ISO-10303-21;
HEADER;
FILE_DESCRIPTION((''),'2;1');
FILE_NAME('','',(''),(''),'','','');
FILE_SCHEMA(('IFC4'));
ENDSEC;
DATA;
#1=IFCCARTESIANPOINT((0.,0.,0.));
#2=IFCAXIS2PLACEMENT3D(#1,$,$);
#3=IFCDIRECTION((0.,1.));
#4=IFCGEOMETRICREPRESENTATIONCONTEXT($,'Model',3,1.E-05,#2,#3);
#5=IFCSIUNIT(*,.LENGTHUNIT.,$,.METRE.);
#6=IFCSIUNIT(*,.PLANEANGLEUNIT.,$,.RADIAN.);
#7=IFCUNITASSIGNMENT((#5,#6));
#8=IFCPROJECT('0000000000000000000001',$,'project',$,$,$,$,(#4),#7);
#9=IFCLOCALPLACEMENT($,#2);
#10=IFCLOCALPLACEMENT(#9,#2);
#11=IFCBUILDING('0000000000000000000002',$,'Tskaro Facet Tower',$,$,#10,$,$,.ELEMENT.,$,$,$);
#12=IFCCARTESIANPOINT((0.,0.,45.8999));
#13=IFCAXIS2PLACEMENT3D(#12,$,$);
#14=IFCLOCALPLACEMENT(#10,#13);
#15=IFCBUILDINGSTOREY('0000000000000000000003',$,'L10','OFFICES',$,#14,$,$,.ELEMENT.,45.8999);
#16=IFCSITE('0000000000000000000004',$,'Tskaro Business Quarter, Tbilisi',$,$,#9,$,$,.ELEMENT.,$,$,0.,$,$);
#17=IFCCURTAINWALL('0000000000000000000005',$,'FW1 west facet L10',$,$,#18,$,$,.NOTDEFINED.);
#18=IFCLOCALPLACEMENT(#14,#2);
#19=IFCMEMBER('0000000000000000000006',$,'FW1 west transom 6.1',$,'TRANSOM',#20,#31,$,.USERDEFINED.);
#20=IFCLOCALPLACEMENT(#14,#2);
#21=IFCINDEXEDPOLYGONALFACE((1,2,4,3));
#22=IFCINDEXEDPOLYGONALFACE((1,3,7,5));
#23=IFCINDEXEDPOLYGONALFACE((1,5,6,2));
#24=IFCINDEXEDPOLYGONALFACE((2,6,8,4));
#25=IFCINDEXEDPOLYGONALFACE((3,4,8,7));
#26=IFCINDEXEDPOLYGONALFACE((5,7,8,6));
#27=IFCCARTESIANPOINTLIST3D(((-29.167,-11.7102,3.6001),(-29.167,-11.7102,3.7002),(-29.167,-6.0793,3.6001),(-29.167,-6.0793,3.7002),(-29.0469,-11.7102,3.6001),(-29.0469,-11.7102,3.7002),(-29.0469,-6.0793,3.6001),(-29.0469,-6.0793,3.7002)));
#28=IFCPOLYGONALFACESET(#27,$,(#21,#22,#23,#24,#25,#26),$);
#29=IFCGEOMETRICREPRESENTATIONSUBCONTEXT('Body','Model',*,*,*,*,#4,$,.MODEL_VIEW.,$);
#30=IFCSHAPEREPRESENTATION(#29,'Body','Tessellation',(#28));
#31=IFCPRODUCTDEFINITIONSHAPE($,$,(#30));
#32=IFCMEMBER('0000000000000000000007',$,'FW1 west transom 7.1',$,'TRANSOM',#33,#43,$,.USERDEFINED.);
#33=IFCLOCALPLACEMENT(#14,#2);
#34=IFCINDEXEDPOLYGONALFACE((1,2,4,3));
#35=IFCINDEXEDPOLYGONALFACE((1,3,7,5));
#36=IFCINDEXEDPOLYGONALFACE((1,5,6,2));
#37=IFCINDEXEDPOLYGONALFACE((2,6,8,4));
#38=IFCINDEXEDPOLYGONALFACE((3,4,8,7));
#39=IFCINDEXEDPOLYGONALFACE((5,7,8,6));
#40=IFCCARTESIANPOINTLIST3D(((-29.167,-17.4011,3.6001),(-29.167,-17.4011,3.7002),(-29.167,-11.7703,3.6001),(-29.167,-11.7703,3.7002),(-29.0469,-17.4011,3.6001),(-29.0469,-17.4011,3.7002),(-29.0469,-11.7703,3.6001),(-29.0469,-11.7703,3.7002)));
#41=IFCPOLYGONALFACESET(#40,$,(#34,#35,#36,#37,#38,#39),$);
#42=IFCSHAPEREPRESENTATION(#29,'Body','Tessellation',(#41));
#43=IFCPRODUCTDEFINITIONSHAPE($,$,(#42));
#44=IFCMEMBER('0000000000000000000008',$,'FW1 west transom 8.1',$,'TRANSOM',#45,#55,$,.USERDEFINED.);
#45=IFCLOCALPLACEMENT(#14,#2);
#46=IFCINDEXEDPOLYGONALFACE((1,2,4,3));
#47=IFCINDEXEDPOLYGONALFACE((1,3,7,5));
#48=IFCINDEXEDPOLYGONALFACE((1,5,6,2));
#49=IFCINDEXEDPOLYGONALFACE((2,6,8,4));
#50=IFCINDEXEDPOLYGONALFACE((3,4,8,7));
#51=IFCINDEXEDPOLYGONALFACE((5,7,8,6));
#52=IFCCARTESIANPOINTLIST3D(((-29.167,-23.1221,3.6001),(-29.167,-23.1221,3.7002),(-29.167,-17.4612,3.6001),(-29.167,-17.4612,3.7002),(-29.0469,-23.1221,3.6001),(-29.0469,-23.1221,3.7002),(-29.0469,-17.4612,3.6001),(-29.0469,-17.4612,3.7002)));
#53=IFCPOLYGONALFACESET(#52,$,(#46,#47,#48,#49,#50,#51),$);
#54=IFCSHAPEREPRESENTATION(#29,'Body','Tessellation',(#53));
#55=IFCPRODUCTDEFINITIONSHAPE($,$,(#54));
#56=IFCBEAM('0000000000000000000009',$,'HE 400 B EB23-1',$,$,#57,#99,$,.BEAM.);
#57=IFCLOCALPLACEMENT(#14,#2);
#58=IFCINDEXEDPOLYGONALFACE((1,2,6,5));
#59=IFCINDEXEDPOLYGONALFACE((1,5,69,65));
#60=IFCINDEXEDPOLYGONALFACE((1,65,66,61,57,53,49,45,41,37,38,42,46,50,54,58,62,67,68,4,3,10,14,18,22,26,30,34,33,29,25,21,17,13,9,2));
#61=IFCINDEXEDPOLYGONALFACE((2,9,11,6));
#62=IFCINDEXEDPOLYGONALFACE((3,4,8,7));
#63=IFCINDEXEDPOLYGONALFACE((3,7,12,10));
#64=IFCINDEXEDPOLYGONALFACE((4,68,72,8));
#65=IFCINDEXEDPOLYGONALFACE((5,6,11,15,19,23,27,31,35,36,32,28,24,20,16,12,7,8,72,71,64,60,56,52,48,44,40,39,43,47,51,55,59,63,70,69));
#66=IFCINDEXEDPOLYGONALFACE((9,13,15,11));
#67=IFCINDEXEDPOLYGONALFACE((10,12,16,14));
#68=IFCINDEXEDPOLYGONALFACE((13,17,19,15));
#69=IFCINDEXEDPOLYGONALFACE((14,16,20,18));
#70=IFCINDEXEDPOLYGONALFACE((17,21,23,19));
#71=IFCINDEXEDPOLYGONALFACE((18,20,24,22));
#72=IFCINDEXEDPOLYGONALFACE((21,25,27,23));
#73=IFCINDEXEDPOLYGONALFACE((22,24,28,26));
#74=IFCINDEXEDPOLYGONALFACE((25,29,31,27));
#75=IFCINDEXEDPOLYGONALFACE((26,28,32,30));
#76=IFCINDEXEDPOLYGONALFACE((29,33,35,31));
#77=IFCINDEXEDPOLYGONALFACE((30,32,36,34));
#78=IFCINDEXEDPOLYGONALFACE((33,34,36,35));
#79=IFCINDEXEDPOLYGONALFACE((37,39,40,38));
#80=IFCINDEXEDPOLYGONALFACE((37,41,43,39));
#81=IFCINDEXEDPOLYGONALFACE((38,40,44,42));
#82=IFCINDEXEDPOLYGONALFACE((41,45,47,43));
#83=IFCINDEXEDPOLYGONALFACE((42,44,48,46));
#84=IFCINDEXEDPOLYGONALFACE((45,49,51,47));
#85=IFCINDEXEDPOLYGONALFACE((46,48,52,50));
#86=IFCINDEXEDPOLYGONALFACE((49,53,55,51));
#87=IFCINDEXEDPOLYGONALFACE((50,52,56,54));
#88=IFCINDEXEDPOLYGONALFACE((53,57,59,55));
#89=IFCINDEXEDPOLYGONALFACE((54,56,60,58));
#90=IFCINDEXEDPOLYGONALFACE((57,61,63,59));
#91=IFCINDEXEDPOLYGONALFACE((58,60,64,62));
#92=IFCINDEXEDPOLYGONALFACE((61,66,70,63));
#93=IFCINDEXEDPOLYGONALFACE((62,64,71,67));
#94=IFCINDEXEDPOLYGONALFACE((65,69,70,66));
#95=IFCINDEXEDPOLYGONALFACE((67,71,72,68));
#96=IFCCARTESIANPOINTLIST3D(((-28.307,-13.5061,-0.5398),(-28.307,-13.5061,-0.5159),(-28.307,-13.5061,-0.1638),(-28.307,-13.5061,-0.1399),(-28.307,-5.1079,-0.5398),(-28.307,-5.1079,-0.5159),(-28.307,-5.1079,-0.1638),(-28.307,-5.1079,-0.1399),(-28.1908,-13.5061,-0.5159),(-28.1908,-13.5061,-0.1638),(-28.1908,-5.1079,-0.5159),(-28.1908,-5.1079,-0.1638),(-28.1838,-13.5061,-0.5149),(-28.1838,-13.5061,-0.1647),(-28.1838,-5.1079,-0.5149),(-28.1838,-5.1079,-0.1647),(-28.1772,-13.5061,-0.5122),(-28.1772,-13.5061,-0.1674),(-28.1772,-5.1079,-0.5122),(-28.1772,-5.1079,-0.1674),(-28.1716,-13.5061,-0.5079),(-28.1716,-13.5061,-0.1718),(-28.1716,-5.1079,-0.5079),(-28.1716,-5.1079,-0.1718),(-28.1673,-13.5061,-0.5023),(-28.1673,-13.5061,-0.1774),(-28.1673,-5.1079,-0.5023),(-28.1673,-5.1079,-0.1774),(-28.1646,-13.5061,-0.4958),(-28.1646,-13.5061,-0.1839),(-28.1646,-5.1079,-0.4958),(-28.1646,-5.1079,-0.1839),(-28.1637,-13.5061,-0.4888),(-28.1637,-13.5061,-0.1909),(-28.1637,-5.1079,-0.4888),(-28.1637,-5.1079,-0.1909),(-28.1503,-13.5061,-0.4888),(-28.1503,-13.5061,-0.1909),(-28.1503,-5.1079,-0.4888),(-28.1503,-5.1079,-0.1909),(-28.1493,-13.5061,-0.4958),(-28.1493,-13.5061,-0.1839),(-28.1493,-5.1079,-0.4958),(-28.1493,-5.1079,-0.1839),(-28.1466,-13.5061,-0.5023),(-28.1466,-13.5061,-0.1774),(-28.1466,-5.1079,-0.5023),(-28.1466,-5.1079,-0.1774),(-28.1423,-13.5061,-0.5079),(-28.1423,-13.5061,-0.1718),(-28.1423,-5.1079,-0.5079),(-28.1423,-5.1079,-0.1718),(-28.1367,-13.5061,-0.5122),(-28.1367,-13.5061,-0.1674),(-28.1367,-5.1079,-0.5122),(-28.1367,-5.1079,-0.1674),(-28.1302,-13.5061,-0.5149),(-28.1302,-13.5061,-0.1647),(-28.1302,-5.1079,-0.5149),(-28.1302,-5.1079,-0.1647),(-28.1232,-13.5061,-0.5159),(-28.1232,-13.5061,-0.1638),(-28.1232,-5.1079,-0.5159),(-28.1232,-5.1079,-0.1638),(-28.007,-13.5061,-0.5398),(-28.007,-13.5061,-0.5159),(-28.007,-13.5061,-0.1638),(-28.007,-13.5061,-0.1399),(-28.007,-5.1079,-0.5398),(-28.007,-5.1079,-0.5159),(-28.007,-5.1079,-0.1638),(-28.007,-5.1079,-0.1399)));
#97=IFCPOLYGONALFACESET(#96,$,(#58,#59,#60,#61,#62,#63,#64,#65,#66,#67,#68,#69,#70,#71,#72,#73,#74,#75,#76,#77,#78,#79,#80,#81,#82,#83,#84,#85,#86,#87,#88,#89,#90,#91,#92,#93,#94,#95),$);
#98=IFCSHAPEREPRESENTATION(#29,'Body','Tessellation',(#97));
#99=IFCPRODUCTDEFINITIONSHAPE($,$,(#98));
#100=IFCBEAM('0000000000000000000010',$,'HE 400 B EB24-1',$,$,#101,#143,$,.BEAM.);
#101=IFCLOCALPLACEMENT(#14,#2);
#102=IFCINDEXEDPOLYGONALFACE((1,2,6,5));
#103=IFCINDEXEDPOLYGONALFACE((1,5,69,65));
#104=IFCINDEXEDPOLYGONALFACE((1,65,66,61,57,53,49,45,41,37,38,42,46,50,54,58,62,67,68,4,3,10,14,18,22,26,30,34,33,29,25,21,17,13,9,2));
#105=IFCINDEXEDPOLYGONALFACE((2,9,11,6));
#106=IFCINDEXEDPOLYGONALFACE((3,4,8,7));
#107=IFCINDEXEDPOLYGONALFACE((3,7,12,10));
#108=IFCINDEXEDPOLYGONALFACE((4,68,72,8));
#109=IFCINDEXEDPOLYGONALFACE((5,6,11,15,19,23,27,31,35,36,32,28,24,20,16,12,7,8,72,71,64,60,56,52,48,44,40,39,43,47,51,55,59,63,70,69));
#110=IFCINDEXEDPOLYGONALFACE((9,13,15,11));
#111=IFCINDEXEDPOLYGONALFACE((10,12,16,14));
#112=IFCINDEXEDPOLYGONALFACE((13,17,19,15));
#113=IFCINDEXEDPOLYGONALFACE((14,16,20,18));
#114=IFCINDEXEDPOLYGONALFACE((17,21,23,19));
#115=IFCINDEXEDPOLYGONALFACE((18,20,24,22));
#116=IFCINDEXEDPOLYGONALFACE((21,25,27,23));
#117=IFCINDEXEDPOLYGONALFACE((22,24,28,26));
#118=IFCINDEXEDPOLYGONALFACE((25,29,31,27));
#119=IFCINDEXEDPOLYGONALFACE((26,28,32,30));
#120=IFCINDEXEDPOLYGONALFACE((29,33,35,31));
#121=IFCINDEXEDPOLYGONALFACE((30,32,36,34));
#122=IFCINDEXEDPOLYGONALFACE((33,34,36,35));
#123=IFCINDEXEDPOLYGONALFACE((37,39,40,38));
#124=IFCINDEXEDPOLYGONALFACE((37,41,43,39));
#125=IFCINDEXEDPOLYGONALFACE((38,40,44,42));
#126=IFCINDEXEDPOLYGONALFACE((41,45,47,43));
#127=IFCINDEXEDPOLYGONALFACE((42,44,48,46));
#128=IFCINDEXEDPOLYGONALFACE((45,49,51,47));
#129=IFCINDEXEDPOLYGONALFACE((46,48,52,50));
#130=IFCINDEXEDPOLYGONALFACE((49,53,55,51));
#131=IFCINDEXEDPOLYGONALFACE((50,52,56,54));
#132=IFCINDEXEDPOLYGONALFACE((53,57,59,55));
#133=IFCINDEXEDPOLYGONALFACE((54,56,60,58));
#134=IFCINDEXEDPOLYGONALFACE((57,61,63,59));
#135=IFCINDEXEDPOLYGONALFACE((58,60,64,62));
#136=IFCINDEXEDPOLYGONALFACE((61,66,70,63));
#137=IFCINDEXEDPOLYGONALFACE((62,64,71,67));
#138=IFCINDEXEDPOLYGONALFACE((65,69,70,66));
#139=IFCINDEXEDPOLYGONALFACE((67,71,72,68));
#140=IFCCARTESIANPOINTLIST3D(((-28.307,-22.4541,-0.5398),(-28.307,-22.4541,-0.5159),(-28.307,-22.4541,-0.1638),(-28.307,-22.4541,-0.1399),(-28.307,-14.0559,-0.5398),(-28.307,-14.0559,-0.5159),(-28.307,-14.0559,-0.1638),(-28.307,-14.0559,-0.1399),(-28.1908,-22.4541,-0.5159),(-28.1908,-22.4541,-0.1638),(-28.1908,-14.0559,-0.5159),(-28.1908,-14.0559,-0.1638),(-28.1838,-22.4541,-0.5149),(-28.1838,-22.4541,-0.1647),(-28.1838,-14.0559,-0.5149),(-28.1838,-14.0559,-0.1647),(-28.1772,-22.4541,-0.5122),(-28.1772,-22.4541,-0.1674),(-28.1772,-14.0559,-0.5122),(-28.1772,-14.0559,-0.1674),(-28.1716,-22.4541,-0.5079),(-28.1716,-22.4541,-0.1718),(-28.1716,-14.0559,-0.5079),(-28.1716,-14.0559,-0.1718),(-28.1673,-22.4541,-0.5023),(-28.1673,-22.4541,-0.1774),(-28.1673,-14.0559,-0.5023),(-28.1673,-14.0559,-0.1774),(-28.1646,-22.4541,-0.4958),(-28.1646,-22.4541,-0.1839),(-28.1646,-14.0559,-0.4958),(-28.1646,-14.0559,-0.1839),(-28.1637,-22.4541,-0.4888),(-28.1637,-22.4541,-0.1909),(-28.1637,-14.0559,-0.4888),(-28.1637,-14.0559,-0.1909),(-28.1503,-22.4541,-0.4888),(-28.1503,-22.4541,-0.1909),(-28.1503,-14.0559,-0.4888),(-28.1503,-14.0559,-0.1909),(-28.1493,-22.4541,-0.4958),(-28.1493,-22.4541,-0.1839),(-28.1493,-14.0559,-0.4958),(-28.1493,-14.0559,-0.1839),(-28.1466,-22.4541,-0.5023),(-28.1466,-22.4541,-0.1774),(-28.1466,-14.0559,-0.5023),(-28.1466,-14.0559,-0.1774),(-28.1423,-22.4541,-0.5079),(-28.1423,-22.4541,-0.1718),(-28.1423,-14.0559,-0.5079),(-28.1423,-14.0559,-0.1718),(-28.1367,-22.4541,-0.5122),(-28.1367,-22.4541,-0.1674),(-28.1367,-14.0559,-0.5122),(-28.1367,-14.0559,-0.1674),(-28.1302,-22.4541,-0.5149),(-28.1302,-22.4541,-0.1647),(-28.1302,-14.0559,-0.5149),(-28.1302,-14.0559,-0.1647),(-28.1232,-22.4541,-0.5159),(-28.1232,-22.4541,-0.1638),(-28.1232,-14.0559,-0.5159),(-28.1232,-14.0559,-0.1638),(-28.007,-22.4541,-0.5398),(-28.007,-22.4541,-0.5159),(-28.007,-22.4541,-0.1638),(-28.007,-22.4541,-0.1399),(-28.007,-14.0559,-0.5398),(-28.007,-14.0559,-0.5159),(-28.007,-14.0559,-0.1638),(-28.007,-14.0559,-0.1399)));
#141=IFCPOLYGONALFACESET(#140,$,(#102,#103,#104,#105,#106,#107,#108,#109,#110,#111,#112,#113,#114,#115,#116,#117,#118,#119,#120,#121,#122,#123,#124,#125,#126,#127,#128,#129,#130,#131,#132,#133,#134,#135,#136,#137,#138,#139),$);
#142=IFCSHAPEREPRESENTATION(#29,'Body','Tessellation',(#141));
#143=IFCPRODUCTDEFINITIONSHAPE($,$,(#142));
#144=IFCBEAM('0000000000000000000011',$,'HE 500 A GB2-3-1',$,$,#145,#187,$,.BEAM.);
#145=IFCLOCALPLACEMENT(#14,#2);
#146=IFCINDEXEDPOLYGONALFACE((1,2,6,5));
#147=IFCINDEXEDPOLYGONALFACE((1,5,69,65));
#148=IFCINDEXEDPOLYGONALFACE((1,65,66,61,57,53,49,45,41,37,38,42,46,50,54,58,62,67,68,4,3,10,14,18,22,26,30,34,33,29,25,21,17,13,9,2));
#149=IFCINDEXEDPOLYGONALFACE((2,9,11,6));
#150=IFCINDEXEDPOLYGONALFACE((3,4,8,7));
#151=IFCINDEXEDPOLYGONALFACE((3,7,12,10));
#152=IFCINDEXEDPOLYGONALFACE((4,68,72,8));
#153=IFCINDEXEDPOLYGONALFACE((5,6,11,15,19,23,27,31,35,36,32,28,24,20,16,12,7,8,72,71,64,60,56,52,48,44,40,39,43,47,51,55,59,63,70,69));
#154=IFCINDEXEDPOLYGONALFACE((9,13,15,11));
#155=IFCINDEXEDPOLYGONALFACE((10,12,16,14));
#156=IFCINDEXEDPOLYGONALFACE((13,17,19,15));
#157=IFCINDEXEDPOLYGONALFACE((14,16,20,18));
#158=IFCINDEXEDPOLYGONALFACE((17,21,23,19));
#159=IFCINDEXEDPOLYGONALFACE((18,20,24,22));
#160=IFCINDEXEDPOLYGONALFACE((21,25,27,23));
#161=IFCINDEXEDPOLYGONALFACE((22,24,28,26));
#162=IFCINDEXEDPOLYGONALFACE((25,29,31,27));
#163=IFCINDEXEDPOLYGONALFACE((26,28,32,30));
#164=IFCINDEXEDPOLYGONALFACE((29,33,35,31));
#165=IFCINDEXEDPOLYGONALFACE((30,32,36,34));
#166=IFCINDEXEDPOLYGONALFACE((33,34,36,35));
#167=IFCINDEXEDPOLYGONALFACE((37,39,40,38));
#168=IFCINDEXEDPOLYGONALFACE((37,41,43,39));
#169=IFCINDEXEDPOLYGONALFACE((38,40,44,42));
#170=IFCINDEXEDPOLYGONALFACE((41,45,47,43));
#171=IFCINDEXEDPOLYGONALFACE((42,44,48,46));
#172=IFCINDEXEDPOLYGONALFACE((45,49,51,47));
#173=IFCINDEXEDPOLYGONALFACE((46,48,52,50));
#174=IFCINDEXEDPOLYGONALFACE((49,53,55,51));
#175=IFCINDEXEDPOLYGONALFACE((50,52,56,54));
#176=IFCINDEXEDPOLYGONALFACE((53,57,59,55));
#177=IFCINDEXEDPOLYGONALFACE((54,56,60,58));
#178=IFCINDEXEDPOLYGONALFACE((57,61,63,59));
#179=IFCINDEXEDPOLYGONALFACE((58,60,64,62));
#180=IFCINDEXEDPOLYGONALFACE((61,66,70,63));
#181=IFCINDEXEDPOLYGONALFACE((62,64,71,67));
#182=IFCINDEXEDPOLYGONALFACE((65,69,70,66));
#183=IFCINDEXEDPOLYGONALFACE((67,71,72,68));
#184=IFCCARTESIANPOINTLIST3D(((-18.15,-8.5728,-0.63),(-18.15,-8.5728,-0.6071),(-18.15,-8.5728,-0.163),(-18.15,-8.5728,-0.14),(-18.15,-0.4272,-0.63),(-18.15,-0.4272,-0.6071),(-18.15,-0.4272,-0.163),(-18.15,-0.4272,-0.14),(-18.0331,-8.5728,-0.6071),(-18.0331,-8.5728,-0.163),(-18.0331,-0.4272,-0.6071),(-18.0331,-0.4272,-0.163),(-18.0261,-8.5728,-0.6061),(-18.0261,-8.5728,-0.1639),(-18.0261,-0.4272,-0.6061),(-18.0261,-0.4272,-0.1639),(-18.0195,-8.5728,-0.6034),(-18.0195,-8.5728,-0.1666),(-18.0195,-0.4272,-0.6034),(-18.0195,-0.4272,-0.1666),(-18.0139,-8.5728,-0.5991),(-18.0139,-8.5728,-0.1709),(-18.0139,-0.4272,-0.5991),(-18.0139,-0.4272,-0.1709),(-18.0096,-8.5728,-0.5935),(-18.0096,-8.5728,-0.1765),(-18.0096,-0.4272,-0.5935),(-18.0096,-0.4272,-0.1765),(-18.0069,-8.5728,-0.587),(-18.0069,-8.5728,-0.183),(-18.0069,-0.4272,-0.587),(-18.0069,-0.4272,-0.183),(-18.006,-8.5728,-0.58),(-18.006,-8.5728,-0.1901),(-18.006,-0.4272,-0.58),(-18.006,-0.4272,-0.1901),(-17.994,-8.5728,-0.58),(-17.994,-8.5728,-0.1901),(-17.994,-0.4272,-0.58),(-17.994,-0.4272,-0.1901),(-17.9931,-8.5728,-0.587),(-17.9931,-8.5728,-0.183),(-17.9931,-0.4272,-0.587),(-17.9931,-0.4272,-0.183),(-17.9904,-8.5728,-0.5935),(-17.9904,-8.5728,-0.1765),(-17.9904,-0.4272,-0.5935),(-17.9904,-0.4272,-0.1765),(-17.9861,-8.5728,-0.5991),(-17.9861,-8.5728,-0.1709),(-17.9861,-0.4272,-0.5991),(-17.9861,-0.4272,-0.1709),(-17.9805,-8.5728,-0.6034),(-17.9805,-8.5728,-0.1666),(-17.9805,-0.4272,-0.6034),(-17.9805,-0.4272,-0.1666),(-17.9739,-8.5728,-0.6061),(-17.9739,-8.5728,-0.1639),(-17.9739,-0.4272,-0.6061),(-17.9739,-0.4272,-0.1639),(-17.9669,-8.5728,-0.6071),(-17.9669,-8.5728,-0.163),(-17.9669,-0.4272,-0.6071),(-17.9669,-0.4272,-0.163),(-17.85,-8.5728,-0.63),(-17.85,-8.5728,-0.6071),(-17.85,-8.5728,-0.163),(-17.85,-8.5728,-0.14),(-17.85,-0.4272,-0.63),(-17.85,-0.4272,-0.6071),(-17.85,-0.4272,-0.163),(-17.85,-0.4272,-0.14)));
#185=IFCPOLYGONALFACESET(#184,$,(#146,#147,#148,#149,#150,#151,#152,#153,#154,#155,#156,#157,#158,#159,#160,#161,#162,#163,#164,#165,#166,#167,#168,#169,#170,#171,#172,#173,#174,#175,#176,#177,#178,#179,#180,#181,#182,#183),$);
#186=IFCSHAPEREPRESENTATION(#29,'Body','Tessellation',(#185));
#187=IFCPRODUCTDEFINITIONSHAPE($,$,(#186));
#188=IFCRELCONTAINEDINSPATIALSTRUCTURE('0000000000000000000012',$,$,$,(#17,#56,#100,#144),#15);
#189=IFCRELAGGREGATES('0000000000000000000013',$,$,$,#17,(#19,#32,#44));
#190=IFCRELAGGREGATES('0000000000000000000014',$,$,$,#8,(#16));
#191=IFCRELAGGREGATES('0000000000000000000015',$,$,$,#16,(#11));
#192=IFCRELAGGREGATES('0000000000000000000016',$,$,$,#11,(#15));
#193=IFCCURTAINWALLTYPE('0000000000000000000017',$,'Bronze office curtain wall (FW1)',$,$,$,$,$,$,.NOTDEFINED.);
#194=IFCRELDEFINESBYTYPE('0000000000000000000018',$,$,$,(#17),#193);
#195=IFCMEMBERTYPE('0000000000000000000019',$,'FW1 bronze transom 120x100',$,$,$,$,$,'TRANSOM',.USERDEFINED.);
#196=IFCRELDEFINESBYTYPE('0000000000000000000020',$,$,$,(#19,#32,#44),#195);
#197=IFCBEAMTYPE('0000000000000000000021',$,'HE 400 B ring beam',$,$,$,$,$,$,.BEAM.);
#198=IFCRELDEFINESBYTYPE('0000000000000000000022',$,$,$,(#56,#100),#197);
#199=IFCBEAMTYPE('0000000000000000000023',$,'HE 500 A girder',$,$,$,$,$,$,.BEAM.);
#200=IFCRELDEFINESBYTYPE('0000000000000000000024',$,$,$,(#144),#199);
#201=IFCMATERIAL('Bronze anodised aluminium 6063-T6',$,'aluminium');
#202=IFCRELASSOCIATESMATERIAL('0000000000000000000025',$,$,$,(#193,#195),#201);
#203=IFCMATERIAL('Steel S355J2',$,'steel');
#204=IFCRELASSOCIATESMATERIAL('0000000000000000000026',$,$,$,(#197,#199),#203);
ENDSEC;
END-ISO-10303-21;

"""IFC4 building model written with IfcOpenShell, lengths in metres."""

from ifc_helpers import new_model, si_unit, direction, frame, origin, origin_2d, place, context, subcontext, project, spatial, rectangle, i_section, extrude, material, material_profile, profile_set, type_object, element, aggregate, save


model = new_model("IFC4")

# Units and contexts
model_context = context("Model", 3, precision=1e-05, world=origin(), true_north=direction((0.0, 1.0)))
body_context = subcontext(model_context, "Body", "Model", "MODEL_VIEW")
ifc_project = project(units=[si_unit("LENGTHUNIT", "METRE"), si_unit("PLANEANGLEUNIT", "RADIAN")], contexts=[model_context])

# Site, building, storey
site_placement = place(None, origin())
site = spatial("IfcSite", under=ifc_project, at=site_placement, Name="Tskaro Business Quarter, Tbilisi", CompositionType="ELEMENT", RefElevation=0.0)
building_placement = place(site_placement, origin())
building = spatial("IfcBuilding", under=site, at=building_placement, Name="Tskaro Facet Tower", CompositionType="ELEMENT")
storey_placement = place(building_placement, frame((0.0, 0.0, 45.8999)))
storey = spatial("IfcBuildingStorey", under=building, at=storey_placement, Name="L10", Description="OFFICES", CompositionType="ELEMENT", Elevation=45.8999)

# Curtain wall, members
ifc_material_1 = material(Name="Bronze anodised aluminium 6063-T6", Category="aluminium")
curtain_wall_type = type_object("IfcCurtainWallType", Name="Bronze office curtain wall (FW1)", PredefinedType="NOTDEFINED", material=ifc_material_1)
curtain_wall_placement = place(storey_placement, origin())
curtain_wall = element("IfcCurtainWall", 1, at=curtain_wall_placement, inside=storey, type_object=curtain_wall_type, Name="FW1 west facet L10", PredefinedType="NOTDEFINED")
ifc_material_profile_1 = material_profile(ifc_material_1, rectangle(XDim=0.1201, YDim=0.1001, at=origin_2d()), Name="Transom 120x100")
ifc_profile_set_1 = profile_set([ifc_material_profile_1], Name="Bronze anodised aluminium 6063-T6")
member_type_1 = type_object("IfcMemberType", Name="FW1 bronze transom 120x100", ElementType="TRANSOM", PredefinedType="USERDEFINED", material=ifc_profile_set_1)
member_1_placement = place(storey_placement, frame((-29.1069, -6.0793, 3.6501), z_axis=(0.0, -1.0, 0.0), x_axis=(1.0, 0.0, 0.0)))
member_1 = element("IfcMember", 2, at=member_1_placement, type_object=member_type_1, Name="FW1 west transom 6.1", ObjectType="TRANSOM", PredefinedType="USERDEFINED", context=body_context, shape_type="SweptSolid", body=[
    extrude(rectangle(XDim=0.1201, YDim=0.1001, at=origin_2d()), origin(), (0.0, 0.0, 1.0), 5.6309),
])
member_2_placement = place(storey_placement, frame((-29.1069, -11.7703, 3.6501), z_axis=(0.0, -1.0, 0.0), x_axis=(1.0, 0.0, 0.0)))
member_2 = element("IfcMember", 3, at=member_2_placement, type_object=member_type_1, Name="FW1 west transom 7.1", ObjectType="TRANSOM", PredefinedType="USERDEFINED", context=body_context, shape_type="SweptSolid", body=[
    extrude(rectangle(XDim=0.1201, YDim=0.1001, at=origin_2d()), origin(), (0.0, 0.0, 1.0), 5.6309),
])
member_3_placement = place(storey_placement, frame((-29.1069, -17.4612, 3.6501), z_axis=(0.0, -1.0, 0.0), x_axis=(1.0, 0.0, 0.0)))
member_3 = element("IfcMember", 4, at=member_3_placement, type_object=member_type_1, Name="FW1 west transom 8.1", ObjectType="TRANSOM", PredefinedType="USERDEFINED", context=body_context, shape_type="SweptSolid", body=[
    extrude(rectangle(XDim=0.1201, YDim=0.1001, at=origin_2d()), origin(), (0.0, 0.0, 1.0), 5.6609),
])

# Beams
ifc_material_2 = material(Name="Steel S355J2", Category="steel")
ifc_material_profile_2 = material_profile(ifc_material_2, i_section(OverallWidth=0.3, OverallDepth=0.3999, WebThickness=0.0134, FlangeThickness=0.0239, FilletRadius=0.0271, at=origin_2d()), Name="HE 400 B")
ifc_profile_set_2 = profile_set([ifc_material_profile_2], Name="Steel S355J2")
beam_type_1 = type_object("IfcBeamType", Name="HE 400 B ring beam", PredefinedType="BEAM", material=ifc_profile_set_2)
for number, where, z_axis, x_axis, name in (
    (5, (-28.157, -5.1079, -0.3398), (0.0, -1.0, 0.0), (1.0, 0.0, 0.0), "HE 400 B EB23-1"),
    (6, (-28.157, -14.0559, -0.3398), (0.0, -1.0, 0.0), (1.0, 0.0, 0.0), "HE 400 B EB24-1"),
):
    element("IfcBeam", number, at=place(storey_placement, frame(where, z_axis=z_axis, x_axis=x_axis)), inside=storey, type_object=beam_type_1, Name=name, PredefinedType="BEAM", context=body_context, shape_type="SweptSolid", body=[
        extrude(i_section(OverallWidth=0.3, OverallDepth=0.3999, WebThickness=0.0134, FlangeThickness=0.0239, FilletRadius=0.0271, at=origin_2d()), origin(), (0.0, 0.0, 1.0), 8.3982),
    ])
ifc_material_profile_3 = material_profile(ifc_material_2, i_section(OverallWidth=0.3, OverallDepth=0.49, WebThickness=0.012, FlangeThickness=0.0229, FilletRadius=0.0271, at=origin_2d()), Name="HE 500 A")
ifc_profile_set_3 = profile_set([ifc_material_profile_3], Name="Steel S355J2")
beam_type_2 = type_object("IfcBeamType", Name="HE 500 A girder", PredefinedType="BEAM", material=ifc_profile_set_3)
beam_1_placement = place(storey_placement, frame((-18.0, -8.5728, -0.385), z_axis=(0.0, 1.0, 0.0), x_axis=(-1.0, 0.0, 0.0)))
element("IfcBeam", 7, at=beam_1_placement, inside=storey, type_object=beam_type_2, Name="HE 500 A GB2-3-1", PredefinedType="BEAM", context=body_context, shape_type="SweptSolid", body=[
    extrude(i_section(OverallWidth=0.3, OverallDepth=0.49, WebThickness=0.012, FlangeThickness=0.0229, FilletRadius=0.0271, at=origin_2d()), origin(), (0.0, 0.0, 1.0), 8.1455),
])

aggregate(curtain_wall, [member_1, member_2, member_3])

save(model, "model.ifc")
